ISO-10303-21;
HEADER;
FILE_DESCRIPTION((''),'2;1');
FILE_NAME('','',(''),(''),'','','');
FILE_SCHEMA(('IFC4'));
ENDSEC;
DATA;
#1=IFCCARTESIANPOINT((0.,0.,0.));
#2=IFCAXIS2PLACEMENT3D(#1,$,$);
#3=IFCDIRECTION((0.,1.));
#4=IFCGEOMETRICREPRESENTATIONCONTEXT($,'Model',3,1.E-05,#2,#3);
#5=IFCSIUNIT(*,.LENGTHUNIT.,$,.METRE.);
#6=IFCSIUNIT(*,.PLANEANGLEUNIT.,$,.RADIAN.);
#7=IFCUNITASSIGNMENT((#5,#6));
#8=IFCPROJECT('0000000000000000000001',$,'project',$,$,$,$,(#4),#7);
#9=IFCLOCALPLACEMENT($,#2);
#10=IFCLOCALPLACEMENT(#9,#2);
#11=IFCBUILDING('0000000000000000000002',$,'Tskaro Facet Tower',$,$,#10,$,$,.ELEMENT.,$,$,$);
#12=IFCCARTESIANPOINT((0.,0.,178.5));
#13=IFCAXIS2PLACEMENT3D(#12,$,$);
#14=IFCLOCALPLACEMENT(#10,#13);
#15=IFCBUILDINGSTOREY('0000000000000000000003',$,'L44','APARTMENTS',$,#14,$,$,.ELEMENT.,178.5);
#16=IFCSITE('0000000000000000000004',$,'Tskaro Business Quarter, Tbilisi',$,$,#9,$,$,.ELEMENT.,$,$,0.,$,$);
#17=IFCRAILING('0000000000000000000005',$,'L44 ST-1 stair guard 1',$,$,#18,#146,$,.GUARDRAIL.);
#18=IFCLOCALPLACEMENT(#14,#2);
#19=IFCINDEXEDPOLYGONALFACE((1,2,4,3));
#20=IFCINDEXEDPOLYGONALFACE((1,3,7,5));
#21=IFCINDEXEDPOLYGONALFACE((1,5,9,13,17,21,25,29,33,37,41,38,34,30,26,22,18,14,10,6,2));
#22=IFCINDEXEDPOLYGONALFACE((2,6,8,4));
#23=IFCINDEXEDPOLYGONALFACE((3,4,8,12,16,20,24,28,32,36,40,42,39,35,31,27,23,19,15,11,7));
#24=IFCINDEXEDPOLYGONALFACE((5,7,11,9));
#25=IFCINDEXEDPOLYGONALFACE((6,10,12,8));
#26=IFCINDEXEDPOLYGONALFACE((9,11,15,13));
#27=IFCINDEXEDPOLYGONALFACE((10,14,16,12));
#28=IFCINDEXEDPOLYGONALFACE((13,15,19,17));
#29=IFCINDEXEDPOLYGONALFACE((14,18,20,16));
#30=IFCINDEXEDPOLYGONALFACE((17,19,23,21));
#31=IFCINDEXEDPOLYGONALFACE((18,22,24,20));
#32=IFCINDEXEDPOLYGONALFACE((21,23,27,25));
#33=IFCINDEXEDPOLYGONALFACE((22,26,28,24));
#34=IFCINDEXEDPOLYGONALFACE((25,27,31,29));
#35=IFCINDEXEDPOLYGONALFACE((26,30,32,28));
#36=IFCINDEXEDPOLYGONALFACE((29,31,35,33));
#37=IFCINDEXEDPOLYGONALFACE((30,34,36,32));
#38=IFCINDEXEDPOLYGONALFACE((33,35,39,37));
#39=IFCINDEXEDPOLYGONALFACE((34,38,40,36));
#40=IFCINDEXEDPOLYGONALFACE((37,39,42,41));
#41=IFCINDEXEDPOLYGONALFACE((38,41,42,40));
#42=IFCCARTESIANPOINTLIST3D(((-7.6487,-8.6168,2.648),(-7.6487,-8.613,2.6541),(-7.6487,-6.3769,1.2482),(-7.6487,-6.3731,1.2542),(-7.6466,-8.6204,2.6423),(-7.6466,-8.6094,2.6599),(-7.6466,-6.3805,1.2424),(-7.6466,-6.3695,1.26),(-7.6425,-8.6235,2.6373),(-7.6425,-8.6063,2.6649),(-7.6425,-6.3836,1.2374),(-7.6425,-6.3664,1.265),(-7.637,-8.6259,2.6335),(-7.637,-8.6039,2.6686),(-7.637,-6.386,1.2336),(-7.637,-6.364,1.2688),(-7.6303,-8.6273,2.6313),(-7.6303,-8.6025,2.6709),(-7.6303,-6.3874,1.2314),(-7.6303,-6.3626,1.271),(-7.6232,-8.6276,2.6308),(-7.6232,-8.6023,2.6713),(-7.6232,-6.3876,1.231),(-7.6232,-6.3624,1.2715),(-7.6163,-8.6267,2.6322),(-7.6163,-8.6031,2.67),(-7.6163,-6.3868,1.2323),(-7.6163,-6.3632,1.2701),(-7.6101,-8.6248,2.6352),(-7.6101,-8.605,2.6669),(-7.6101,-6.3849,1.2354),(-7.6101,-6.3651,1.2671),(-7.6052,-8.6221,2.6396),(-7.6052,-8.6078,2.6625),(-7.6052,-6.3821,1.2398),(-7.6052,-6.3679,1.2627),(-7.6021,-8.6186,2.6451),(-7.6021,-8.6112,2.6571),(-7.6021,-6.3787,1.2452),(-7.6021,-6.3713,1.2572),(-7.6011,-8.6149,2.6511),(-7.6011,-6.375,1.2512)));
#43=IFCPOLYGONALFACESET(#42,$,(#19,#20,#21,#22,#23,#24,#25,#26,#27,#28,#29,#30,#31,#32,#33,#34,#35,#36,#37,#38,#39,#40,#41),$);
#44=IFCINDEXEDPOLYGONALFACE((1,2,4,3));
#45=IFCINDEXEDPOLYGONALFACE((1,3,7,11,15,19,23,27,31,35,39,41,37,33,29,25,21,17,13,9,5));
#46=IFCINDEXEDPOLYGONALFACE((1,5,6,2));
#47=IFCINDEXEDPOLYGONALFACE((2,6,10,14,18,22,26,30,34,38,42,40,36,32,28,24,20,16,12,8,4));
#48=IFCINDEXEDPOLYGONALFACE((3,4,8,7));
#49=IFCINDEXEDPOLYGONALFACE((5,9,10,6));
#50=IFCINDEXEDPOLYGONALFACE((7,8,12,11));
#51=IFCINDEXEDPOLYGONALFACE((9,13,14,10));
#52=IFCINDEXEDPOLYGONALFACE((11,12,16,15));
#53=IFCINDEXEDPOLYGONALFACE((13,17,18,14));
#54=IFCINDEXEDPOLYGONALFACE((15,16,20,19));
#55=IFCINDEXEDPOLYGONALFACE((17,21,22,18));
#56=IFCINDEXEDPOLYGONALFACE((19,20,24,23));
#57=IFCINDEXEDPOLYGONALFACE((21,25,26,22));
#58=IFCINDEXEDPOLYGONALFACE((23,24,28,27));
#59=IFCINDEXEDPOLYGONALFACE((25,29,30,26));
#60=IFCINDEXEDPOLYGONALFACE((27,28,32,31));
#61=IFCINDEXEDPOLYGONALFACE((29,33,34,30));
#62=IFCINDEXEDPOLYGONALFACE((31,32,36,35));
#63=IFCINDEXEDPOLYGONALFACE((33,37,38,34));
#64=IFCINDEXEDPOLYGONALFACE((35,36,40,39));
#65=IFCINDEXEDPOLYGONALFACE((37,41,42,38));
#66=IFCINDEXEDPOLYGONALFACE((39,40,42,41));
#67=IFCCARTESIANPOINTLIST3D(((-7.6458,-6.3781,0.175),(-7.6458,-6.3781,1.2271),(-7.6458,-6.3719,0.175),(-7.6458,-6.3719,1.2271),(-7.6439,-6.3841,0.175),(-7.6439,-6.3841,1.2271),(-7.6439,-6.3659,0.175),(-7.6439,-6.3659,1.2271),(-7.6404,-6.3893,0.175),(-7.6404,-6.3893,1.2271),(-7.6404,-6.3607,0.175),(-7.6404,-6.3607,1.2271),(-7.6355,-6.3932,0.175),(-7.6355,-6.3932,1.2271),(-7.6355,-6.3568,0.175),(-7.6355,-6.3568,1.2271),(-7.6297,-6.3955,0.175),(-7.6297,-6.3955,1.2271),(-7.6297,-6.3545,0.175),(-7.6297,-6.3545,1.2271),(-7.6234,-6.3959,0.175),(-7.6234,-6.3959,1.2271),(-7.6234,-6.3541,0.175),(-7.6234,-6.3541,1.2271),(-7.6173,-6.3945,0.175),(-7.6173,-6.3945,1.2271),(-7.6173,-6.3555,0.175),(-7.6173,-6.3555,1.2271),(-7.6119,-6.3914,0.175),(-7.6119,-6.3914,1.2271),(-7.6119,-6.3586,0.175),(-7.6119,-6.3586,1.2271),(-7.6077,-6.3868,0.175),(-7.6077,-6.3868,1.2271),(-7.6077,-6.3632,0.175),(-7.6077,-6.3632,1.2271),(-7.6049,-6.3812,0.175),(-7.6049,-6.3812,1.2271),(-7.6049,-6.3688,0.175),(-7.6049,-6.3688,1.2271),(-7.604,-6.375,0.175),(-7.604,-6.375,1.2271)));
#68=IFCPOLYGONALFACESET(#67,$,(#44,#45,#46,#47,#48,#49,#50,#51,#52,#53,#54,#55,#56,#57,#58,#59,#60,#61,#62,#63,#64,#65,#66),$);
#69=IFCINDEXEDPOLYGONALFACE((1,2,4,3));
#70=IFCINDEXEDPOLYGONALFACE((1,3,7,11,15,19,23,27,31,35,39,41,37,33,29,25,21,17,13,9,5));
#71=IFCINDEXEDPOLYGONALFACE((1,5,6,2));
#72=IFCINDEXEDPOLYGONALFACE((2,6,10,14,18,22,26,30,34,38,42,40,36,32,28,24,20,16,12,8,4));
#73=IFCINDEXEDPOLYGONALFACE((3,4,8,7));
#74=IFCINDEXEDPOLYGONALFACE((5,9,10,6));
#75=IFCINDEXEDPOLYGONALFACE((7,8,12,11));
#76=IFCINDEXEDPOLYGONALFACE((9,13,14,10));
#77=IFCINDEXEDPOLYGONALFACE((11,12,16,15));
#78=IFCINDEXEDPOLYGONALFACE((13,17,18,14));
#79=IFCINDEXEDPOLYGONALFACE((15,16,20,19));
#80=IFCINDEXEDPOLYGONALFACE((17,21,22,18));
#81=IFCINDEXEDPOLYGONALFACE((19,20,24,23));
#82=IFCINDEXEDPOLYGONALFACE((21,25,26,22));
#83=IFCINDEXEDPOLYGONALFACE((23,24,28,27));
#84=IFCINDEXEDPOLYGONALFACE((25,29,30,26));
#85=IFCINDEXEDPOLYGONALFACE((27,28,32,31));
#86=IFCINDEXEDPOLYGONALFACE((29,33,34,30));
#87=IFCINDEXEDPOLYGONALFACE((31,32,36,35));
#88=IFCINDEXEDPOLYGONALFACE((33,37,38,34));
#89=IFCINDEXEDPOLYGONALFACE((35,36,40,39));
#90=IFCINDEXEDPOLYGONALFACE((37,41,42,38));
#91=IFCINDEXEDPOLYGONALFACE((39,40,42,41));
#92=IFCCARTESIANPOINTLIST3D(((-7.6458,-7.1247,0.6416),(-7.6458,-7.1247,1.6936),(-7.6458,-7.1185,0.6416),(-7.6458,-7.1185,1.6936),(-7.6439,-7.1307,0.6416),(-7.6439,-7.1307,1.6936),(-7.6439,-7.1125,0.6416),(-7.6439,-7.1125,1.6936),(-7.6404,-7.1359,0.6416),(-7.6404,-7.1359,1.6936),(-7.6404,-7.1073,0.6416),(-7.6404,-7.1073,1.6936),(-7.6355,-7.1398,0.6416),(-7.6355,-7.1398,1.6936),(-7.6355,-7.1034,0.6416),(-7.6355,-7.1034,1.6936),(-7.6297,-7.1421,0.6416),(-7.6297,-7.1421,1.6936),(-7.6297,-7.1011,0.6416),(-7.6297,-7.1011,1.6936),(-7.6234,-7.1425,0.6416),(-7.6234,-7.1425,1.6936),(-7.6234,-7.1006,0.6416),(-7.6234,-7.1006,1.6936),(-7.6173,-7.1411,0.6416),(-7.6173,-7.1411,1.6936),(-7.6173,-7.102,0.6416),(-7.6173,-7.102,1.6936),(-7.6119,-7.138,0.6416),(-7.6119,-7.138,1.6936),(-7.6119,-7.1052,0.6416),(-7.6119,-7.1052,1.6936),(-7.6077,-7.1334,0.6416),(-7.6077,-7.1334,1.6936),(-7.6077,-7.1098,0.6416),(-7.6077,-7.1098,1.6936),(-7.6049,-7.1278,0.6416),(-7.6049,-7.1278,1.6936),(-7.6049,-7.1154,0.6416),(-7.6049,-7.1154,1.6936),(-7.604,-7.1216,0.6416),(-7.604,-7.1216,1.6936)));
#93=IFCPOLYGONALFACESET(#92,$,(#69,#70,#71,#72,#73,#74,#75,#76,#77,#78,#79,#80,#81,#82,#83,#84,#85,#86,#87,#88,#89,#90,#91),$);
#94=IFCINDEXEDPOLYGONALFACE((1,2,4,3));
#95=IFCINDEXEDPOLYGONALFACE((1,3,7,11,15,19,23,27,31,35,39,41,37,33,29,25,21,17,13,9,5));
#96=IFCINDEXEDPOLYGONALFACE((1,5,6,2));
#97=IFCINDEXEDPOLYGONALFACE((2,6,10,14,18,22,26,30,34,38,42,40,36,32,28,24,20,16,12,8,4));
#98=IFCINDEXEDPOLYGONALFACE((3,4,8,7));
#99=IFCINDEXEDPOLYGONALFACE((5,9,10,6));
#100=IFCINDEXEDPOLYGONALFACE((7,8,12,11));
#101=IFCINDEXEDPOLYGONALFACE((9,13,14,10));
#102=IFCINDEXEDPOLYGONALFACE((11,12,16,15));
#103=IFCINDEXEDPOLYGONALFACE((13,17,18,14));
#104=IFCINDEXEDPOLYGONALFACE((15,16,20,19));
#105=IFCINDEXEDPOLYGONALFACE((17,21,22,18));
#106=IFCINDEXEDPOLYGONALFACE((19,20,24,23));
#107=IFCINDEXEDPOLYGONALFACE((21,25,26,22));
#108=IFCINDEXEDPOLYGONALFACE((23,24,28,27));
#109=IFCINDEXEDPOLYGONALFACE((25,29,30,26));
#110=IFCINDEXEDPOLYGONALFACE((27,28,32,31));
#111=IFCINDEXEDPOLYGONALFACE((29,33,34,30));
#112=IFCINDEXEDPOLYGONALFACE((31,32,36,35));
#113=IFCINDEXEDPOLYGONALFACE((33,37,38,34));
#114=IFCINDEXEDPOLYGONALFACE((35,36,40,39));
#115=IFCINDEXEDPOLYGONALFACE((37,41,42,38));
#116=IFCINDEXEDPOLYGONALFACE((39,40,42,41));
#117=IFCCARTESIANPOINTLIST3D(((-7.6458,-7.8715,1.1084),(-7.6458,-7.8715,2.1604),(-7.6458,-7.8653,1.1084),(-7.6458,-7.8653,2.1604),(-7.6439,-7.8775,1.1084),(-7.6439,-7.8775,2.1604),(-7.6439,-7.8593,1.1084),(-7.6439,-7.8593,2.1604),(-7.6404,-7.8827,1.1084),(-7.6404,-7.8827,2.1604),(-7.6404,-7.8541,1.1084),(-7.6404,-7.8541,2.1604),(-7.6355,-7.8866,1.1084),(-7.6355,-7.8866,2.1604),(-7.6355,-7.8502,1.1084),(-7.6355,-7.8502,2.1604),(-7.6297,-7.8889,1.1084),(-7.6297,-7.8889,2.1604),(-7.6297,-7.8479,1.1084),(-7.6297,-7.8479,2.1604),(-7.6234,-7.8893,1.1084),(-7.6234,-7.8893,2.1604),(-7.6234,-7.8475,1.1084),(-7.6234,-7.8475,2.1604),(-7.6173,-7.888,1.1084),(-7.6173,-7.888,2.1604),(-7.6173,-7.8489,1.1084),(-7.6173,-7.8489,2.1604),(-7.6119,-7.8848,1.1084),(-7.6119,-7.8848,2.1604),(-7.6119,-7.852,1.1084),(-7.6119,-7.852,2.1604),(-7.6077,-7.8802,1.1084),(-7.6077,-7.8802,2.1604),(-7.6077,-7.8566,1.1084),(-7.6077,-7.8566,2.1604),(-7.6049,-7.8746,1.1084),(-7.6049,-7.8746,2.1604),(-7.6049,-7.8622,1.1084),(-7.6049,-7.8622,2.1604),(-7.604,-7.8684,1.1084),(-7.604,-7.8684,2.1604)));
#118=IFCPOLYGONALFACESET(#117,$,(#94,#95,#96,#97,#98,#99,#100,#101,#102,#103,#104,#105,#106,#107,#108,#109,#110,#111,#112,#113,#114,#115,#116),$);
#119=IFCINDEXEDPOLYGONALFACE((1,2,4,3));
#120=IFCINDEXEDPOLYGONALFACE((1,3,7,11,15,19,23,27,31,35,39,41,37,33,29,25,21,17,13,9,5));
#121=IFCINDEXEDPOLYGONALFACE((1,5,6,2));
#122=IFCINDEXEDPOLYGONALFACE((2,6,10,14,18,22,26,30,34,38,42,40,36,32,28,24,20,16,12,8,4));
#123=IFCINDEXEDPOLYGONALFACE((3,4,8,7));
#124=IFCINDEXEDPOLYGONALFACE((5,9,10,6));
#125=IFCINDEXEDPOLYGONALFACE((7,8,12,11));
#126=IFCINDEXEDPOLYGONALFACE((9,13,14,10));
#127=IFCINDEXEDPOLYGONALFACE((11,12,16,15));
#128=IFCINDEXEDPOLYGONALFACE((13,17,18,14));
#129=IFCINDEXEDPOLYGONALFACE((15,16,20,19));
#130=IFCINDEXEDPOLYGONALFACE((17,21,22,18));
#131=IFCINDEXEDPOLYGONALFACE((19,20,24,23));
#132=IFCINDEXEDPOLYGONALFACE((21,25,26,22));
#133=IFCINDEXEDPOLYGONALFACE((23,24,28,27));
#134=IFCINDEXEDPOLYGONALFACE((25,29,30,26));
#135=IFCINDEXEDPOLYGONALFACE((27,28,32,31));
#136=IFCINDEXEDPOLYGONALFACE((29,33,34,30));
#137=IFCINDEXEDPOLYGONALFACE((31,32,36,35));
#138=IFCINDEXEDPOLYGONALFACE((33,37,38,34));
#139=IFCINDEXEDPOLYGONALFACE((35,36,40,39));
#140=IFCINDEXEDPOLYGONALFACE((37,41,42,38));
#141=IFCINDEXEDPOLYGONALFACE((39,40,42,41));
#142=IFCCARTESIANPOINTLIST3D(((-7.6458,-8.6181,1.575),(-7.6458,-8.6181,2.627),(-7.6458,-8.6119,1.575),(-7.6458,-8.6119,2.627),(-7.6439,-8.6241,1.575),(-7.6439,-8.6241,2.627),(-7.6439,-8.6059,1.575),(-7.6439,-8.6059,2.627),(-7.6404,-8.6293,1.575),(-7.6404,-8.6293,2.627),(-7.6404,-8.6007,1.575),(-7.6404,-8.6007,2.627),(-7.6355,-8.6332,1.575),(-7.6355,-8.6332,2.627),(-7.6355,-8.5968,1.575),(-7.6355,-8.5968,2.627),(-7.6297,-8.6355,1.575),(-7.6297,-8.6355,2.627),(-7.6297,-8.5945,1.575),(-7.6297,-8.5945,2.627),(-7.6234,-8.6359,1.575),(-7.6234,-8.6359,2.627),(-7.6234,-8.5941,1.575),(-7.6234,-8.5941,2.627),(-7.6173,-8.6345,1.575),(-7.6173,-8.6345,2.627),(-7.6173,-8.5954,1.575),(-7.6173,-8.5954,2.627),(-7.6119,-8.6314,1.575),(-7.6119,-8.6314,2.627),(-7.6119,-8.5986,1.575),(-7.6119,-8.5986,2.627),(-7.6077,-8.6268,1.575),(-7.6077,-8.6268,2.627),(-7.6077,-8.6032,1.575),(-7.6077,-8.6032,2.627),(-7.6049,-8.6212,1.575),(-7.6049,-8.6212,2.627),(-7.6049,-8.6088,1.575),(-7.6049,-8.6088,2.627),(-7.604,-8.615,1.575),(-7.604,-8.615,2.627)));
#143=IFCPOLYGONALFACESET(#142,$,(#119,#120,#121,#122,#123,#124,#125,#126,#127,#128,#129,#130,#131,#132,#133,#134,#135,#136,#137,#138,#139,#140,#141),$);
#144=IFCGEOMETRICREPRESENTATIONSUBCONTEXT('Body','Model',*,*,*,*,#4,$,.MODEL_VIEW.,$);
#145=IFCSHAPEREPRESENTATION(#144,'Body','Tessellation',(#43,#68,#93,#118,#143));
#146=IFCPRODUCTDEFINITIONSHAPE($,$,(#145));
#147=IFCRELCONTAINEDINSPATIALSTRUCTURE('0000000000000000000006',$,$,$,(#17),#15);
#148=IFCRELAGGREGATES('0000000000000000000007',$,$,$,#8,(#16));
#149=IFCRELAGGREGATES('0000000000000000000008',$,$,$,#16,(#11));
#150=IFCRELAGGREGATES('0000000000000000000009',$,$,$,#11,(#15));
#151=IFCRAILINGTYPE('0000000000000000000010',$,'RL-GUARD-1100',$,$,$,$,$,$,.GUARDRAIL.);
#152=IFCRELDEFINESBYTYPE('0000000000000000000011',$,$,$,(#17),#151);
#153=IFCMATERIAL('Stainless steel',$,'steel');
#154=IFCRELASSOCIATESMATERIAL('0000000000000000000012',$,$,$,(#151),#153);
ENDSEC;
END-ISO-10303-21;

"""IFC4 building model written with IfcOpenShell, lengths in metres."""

from ifc_helpers import new_model, si_unit, direction, frame, origin, origin_2d, place, context, subcontext, project, spatial, circle, extrude, material, type_object, element, save


model = new_model("IFC4")

# Units and contexts
model_context = context("Model", 3, precision=1e-05, world=origin(), true_north=direction((0.0, 1.0)))
body_context = subcontext(model_context, "Body", "Model", "MODEL_VIEW")
ifc_project = project(units=[si_unit("LENGTHUNIT", "METRE"), si_unit("PLANEANGLEUNIT", "RADIAN")], contexts=[model_context])

# Site, building, storey
site_placement = place(None, origin())
site = spatial("IfcSite", under=ifc_project, at=site_placement, Name="Tskaro Business Quarter, Tbilisi", CompositionType="ELEMENT", RefElevation=0.0)
building_placement = place(site_placement, origin())
building = spatial("IfcBuilding", under=site, at=building_placement, Name="Tskaro Facet Tower", CompositionType="ELEMENT")
storey_placement = place(building_placement, frame((0.0, 0.0, 178.5)))
storey = spatial("IfcBuildingStorey", under=building, at=storey_placement, Name="L44", Description="APARTMENTS", CompositionType="ELEMENT", Elevation=178.5)

# Shared definitions
ifc_material_1 = material(Name="Stainless steel", Category="steel")

# Railing
railing_type_1 = type_object("IfcRailingType", Name="RL-GUARD-1100", PredefinedType="GUARDRAIL", material=ifc_material_1)
railing_1_placement = place(storey_placement, frame((-7.625, -6.375, 0.175)))
element("IfcRailing", 1, at=railing_1_placement, inside=storey, type_object=railing_type_1, Name="L44 ST-1 stair guard 1", PredefinedType="GUARDRAIL", context=body_context, shape_type="SweptSolid", body=[
    extrude(circle(Radius=0.0239, at=origin_2d()), frame((0.0, 0.0, 1.0762), z_axis=(0.0, -0.848014, 0.529974), x_axis=(1.0, 0.0, 0.0)), (0.0, 0.0, 1.0), 2.6414),
    extrude(circle(Radius=0.021, at=origin_2d()), origin(), (0.0, 0.0, 1.0), 1.052),
    extrude(circle(Radius=0.021, at=origin_2d()), frame((0.0, -0.7466, 0.4666)), (0.0, 0.0, 1.0), 1.052),
    extrude(circle(Radius=0.021, at=origin_2d()), frame((0.0, -1.4934, 0.9333)), (0.0, 0.0, 1.0), 1.052),
    extrude(circle(Radius=0.021, at=origin_2d()), frame((0.0, -2.24, 1.3999)), (0.0, 0.0, 1.0), 1.052),
])

save(model, "model.ifc")
